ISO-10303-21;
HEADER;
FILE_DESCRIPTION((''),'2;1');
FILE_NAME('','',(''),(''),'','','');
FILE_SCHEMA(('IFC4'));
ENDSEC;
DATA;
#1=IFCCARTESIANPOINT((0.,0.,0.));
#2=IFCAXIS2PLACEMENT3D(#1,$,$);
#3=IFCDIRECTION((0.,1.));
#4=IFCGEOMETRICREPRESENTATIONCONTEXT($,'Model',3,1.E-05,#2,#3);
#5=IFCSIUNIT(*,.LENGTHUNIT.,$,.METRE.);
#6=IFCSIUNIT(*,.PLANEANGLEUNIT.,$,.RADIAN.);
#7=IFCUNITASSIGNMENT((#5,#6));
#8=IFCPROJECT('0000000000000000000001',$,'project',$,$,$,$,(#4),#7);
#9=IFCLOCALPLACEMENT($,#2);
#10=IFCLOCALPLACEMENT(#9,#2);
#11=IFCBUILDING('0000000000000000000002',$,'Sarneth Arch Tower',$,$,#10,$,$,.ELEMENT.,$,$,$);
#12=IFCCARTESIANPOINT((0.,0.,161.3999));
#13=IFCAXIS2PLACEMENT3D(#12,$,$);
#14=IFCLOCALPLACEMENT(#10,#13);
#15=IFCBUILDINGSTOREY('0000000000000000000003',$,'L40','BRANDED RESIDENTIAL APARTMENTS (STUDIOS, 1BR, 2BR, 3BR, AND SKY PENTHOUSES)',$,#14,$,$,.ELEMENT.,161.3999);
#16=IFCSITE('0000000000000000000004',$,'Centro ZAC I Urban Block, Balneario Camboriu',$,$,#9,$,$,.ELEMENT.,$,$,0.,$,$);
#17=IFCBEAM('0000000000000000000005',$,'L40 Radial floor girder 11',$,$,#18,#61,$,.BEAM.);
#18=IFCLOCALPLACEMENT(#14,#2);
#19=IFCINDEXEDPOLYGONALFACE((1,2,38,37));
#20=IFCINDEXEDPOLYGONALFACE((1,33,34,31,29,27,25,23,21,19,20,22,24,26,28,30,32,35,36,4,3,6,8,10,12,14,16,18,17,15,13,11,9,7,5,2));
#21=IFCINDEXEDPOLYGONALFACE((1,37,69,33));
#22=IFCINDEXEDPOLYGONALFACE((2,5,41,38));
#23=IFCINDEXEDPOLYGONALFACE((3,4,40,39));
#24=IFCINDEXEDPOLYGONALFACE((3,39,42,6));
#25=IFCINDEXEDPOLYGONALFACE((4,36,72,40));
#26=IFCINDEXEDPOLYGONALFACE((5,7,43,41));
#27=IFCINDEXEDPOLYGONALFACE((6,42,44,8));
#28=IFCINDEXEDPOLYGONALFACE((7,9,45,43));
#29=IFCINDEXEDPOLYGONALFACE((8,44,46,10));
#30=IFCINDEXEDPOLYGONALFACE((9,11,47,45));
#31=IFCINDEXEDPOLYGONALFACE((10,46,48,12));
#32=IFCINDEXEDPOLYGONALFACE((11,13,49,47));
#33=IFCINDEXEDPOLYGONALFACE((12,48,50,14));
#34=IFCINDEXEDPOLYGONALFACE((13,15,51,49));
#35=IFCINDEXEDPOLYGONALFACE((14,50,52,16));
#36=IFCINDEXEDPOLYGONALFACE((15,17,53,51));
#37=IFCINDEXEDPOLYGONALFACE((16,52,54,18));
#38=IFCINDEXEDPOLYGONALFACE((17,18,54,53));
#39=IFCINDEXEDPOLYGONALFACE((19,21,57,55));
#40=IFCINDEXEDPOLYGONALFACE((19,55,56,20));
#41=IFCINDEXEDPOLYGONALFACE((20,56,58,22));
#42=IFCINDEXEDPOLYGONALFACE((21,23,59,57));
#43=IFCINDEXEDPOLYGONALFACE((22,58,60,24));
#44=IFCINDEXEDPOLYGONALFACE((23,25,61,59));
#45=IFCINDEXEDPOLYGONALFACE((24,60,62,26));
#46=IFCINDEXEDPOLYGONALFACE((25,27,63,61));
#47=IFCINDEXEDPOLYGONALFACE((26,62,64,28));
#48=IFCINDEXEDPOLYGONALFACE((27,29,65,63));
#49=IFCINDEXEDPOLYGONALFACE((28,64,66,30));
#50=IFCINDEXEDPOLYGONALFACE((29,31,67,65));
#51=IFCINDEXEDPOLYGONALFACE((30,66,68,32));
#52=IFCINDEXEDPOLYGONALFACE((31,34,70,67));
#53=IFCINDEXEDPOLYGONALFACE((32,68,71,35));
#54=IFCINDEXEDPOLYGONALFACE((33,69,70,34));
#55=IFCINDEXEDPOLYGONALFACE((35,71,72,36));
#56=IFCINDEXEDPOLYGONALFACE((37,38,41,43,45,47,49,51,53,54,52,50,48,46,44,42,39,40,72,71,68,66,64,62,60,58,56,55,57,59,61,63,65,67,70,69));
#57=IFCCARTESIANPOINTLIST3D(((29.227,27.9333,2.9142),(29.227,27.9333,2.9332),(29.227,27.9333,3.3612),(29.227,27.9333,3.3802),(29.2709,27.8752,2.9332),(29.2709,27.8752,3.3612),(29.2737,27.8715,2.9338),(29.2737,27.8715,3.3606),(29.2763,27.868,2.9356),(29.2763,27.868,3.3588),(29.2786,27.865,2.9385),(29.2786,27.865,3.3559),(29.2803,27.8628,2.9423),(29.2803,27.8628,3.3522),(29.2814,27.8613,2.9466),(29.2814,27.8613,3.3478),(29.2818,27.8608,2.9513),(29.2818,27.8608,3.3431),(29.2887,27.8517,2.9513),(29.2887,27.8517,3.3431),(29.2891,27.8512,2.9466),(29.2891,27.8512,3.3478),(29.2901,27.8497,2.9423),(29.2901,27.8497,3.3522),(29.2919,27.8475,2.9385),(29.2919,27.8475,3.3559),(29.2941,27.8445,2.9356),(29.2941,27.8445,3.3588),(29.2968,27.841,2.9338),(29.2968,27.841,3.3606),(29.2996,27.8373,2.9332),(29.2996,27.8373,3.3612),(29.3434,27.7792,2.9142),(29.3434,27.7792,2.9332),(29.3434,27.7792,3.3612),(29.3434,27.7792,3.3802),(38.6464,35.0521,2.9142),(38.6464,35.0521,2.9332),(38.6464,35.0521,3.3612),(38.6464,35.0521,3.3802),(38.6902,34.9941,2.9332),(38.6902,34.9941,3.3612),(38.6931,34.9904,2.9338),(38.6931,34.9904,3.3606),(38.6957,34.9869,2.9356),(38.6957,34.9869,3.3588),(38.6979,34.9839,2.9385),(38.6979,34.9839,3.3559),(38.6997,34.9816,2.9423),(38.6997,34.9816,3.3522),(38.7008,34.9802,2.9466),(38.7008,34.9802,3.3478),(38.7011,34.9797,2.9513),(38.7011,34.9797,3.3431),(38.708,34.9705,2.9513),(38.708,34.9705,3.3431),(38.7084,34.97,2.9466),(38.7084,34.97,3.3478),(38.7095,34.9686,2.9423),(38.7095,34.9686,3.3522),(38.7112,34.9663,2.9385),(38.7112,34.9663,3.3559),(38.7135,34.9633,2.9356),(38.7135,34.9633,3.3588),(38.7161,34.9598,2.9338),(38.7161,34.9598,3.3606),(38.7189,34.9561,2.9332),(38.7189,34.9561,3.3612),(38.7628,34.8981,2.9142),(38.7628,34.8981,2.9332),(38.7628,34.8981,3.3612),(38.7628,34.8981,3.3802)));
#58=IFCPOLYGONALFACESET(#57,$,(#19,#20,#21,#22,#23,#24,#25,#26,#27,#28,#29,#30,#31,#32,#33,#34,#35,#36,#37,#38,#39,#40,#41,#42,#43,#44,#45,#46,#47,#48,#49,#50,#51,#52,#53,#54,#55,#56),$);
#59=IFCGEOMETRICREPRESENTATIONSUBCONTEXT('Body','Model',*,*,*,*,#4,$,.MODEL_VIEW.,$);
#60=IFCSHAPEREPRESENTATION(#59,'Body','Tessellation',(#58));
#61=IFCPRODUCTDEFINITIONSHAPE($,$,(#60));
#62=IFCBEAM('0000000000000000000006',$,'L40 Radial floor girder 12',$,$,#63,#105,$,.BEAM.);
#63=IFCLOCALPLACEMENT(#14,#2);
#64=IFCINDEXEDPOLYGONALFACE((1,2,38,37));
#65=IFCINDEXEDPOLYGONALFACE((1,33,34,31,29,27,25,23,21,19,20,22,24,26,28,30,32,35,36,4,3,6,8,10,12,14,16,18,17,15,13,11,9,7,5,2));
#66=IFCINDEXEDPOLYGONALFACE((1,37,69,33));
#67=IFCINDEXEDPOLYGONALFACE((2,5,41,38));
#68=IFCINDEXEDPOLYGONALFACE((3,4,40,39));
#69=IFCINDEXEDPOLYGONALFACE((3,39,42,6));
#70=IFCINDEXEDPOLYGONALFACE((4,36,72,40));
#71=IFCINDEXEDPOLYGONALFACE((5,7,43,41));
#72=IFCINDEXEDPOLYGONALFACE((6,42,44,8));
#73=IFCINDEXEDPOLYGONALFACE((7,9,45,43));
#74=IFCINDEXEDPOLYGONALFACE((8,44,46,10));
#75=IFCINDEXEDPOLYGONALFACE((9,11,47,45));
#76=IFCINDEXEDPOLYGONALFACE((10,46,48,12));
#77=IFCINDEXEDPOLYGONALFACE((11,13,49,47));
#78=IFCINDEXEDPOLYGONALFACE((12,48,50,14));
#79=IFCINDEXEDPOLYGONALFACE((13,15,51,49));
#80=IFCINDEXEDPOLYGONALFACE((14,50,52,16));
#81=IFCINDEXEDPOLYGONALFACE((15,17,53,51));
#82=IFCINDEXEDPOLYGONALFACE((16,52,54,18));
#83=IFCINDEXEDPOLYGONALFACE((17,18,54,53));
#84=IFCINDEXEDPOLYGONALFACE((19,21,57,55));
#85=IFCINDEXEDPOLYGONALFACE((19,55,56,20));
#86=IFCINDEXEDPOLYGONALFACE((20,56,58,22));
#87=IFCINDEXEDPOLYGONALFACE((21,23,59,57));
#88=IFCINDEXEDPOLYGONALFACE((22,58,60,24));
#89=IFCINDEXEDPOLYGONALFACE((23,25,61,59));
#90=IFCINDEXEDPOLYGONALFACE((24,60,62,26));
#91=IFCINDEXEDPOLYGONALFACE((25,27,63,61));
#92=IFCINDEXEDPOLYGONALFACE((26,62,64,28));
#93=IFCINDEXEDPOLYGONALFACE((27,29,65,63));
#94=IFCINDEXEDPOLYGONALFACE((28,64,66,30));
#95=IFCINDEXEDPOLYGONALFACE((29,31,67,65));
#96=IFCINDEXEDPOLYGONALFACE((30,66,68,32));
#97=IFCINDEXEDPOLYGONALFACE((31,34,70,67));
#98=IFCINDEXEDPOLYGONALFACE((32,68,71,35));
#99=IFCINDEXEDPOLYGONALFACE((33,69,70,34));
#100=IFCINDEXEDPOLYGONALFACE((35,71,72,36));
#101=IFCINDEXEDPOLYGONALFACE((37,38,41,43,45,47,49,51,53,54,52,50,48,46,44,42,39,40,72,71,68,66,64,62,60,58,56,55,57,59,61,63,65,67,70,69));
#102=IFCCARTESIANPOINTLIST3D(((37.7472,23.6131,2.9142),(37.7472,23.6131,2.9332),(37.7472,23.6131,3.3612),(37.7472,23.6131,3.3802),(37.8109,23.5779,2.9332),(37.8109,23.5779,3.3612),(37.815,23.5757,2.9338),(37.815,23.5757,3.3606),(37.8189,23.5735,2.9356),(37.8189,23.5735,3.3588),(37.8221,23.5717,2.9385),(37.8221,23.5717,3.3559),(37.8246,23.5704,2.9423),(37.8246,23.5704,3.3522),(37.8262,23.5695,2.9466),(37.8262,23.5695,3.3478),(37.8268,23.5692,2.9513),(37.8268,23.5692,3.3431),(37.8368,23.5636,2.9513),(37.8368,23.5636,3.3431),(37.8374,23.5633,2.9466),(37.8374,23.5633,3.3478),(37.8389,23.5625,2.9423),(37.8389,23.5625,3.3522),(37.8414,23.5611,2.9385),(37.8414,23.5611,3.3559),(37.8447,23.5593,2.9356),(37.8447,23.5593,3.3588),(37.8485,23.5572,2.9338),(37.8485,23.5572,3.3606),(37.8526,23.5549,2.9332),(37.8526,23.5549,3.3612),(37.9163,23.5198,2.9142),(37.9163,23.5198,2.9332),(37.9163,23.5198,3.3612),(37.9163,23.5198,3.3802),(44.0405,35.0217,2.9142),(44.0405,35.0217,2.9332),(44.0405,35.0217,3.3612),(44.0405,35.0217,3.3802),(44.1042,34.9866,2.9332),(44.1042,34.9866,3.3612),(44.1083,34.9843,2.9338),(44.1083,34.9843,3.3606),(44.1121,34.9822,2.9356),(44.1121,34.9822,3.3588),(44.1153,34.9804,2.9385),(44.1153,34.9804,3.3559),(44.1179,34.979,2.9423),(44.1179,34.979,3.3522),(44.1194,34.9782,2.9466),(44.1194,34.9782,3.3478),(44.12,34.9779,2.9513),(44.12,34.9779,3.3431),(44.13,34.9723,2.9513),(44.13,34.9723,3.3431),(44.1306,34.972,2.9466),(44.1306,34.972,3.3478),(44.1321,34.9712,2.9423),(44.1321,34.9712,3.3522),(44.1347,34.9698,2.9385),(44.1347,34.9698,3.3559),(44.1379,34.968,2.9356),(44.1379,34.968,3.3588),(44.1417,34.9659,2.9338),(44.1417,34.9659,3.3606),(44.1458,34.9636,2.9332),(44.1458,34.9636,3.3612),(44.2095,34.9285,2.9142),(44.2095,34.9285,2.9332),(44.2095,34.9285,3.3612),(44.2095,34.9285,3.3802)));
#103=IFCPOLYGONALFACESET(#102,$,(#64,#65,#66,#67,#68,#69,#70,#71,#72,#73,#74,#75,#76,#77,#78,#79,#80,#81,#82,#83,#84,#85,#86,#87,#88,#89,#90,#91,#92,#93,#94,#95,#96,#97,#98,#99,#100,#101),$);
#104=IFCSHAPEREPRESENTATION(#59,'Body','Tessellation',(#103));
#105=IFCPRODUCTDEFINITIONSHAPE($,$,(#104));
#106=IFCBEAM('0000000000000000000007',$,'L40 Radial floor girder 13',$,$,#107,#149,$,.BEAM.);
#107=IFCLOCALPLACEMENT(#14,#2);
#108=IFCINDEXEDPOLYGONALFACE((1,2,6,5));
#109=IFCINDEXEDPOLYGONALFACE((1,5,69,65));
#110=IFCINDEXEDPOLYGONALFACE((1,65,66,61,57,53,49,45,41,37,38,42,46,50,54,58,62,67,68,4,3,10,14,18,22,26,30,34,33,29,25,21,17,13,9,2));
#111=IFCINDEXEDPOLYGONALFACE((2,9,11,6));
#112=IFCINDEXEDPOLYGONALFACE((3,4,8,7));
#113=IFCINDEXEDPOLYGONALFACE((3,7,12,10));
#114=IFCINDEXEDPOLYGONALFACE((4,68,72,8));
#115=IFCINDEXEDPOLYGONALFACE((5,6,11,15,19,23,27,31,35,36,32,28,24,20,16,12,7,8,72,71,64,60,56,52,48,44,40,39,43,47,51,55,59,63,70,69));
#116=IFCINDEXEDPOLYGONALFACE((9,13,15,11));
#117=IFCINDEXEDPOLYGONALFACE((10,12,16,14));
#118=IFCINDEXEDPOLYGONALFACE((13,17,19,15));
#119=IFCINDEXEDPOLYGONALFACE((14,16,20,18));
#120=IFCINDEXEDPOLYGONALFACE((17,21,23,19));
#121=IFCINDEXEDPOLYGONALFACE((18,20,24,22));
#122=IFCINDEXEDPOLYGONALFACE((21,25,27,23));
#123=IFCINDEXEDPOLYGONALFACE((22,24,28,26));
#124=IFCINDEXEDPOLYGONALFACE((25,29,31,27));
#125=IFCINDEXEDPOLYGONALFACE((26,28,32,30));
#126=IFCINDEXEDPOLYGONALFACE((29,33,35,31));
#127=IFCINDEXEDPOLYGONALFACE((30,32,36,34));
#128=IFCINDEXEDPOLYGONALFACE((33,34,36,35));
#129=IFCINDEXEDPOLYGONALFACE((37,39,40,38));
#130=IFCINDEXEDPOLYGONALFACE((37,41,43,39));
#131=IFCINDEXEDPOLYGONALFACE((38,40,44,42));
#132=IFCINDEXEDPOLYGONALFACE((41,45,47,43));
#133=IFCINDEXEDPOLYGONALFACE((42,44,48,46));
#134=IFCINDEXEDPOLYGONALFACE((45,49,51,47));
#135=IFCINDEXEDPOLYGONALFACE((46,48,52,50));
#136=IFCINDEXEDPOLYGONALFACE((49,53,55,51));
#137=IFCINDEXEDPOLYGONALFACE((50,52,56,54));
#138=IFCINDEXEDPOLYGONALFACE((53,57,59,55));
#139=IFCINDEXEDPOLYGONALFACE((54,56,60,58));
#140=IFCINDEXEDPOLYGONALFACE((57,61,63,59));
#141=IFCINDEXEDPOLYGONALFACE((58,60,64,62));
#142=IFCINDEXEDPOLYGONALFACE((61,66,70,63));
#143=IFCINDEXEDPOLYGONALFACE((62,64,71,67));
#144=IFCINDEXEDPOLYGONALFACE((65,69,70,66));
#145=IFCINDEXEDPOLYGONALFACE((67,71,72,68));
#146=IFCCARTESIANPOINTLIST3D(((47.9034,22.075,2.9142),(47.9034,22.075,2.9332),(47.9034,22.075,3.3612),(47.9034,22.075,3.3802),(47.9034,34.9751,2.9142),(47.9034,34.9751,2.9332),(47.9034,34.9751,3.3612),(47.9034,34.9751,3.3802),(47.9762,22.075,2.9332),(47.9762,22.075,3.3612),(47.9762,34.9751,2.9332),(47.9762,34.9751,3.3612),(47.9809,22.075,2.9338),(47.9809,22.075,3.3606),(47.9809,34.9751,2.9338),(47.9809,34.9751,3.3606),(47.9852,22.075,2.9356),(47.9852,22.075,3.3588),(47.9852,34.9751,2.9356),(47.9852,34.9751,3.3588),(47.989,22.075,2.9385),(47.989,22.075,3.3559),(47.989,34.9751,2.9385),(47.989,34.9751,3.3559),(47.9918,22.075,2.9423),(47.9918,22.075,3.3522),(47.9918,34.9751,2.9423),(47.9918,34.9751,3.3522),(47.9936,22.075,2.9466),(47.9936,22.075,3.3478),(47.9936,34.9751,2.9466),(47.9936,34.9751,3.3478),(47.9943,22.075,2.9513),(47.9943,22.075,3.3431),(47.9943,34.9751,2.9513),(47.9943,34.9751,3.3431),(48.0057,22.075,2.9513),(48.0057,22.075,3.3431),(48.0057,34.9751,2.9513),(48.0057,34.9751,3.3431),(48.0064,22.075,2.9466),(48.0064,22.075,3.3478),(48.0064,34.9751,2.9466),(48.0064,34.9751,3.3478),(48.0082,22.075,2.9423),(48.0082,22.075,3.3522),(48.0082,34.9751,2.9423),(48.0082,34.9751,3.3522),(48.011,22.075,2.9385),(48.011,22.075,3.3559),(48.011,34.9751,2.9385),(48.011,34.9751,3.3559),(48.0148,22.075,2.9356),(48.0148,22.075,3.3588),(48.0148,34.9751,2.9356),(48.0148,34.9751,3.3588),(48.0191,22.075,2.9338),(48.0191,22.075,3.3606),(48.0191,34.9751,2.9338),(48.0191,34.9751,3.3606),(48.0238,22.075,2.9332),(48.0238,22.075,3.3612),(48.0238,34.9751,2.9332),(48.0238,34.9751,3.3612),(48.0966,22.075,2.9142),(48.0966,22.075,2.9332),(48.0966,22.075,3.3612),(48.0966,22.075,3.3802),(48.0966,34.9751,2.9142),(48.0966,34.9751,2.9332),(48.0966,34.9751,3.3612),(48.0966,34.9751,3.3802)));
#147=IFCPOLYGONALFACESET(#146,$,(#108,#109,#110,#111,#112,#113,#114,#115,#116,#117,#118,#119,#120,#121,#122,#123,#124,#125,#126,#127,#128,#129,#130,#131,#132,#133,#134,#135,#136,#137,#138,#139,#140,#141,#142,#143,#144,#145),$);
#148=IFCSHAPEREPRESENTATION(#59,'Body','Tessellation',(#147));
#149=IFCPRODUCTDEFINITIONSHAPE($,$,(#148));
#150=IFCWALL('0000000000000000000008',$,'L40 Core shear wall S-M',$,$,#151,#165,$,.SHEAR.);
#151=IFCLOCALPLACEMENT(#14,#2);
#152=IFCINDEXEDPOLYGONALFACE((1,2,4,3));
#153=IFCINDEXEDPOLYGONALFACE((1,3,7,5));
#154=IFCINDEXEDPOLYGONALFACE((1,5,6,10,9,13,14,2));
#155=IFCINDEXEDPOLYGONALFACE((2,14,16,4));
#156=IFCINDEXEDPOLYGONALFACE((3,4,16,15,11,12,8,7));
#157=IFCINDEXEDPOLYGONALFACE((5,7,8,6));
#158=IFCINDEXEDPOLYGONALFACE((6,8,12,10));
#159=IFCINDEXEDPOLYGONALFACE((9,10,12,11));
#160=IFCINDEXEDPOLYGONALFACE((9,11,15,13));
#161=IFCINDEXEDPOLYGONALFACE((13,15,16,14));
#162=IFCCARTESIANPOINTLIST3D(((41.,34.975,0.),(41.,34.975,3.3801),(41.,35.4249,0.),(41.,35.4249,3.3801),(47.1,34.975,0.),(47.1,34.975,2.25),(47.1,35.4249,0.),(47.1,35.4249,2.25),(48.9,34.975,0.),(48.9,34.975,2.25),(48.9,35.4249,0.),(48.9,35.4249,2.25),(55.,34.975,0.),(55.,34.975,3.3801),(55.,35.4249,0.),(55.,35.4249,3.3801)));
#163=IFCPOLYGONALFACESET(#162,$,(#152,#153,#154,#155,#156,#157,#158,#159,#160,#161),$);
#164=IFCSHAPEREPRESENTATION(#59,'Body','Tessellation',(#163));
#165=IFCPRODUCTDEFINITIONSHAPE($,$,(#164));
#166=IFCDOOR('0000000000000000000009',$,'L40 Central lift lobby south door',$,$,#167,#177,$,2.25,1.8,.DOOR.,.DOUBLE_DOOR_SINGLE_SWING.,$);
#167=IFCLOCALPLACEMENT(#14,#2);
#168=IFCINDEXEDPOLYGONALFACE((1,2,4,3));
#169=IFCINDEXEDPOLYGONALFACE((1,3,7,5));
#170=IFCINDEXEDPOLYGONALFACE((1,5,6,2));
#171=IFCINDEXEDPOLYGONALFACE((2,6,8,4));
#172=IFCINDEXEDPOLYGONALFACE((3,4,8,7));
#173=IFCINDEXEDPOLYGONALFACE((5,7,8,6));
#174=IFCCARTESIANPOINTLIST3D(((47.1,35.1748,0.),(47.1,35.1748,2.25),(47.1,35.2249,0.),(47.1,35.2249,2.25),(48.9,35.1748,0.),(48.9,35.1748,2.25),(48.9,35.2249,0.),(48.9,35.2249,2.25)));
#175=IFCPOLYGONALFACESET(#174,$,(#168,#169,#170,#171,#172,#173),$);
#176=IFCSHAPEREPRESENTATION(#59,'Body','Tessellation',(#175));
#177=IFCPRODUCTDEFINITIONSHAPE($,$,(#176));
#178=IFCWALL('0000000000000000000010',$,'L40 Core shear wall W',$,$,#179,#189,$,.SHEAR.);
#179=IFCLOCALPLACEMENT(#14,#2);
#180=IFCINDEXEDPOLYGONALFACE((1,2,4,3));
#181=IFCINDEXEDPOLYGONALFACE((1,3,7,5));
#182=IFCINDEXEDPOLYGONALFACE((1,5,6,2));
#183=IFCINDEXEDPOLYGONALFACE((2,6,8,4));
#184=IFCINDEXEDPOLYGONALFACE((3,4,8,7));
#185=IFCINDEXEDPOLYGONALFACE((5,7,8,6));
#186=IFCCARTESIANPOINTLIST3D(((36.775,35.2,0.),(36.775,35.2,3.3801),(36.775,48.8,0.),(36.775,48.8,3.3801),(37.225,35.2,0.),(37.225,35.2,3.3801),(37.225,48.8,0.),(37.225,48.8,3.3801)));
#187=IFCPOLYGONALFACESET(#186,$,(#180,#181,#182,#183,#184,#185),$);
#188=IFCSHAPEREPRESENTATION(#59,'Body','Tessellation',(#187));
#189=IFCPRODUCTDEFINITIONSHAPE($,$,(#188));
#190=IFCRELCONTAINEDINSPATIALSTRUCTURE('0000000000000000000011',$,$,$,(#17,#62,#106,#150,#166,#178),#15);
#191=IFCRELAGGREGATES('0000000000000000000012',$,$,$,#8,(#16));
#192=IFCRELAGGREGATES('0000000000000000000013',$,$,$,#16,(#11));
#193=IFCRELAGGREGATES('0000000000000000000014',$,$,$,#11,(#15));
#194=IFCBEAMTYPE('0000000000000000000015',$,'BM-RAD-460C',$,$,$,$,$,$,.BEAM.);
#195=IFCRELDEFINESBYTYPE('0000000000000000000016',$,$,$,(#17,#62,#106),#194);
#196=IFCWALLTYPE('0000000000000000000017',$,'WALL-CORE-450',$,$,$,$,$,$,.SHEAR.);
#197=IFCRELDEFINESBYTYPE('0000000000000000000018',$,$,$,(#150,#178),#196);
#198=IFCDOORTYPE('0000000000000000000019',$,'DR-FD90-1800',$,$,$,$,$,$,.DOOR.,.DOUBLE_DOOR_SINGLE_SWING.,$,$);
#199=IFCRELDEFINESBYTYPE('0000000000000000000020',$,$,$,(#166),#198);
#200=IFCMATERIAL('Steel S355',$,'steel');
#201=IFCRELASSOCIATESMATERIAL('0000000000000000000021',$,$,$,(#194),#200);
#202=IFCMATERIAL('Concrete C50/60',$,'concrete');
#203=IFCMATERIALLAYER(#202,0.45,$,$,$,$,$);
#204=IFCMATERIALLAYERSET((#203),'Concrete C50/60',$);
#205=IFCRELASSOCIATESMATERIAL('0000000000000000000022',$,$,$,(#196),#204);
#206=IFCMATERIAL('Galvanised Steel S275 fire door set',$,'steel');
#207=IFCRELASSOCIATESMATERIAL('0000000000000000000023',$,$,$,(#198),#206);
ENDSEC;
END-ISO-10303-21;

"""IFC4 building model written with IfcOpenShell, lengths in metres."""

from ifc_helpers import new_model, si_unit, direction, frame, frame_2d, origin, origin_2d, place, context, subcontext, project, spatial, rectangle, i_section, extrude, material, layer, layer_set, material_profile, profile_set, type_object, element, fill, save


model = new_model("IFC4")

# Units and contexts
model_context = context("Model", 3, precision=1e-05, world=origin(), true_north=direction((0.0, 1.0)))
body_context = subcontext(model_context, "Body", "Model", "MODEL_VIEW")
ifc_project = project(units=[si_unit("LENGTHUNIT", "METRE"), si_unit("PLANEANGLEUNIT", "RADIAN")], contexts=[model_context])

# Site, building, storey
site_placement = place(None, origin())
site = spatial("IfcSite", under=ifc_project, at=site_placement, Name="Centro ZAC I Urban Block, Balneario Camboriu", CompositionType="ELEMENT", RefElevation=0.0)
building_placement = place(site_placement, origin())
building = spatial("IfcBuilding", under=site, at=building_placement, Name="Sarneth Arch Tower", CompositionType="ELEMENT")
storey_placement = place(building_placement, frame((0.0, 0.0, 161.3999)))
storey = spatial("IfcBuildingStorey", under=building, at=storey_placement, Name="L40", Description="BRANDED RESIDENTIAL APARTMENTS (STUDIOS, 1BR, 2BR, 3BR, AND SKY PENTHOUSES)", CompositionType="ELEMENT", Elevation=161.3999)

# Beams
ifc_material_1 = material(Name="Steel S355", Category="steel")
ifc_material_profile_1 = material_profile(ifc_material_1, i_section(OverallWidth=0.1931, OverallDepth=0.4661, WebThickness=0.0115, FlangeThickness=0.019, FilletRadius=0.0181, at=origin_2d()), Name="W460x97")
ifc_profile_set_1 = profile_set([ifc_material_profile_1], Name="Steel S355")
beam_type_1 = type_object("IfcBeamType", Name="BM-RAD-460C", PredefinedType="BEAM", material=ifc_profile_set_1)
beam_1_placement = place(storey_placement, frame((38.7046, 34.9751, 3.1472), z_axis=(-0.797786, -0.60294, 0.0), x_axis=(0.60294, -0.797786, 0.0)))
element("IfcBeam", 1, at=beam_1_placement, inside=storey, type_object=beam_type_1, Name="L40 Radial floor girder 11", PredefinedType="BEAM", context=body_context, shape_type="SweptSolid", body=[
    extrude(i_section(OverallWidth=0.1931, OverallDepth=0.4661, WebThickness=0.0115, FlangeThickness=0.019, FilletRadius=0.0181, at=origin_2d()), origin(), (0.0, 0.0, 1.0), 11.8069),
])
beam_2_placement = place(storey_placement, frame((44.125, 34.9751, 3.1472), z_axis=(-0.483005, -0.875618, 0.0), x_axis=(0.875618, -0.483005, 0.0)))
element("IfcBeam", 2, at=beam_2_placement, inside=storey, type_object=beam_type_1, Name="L40 Radial floor girder 12", PredefinedType="BEAM", context=body_context, shape_type="SweptSolid", body=[
    extrude(i_section(OverallWidth=0.1931, OverallDepth=0.4661, WebThickness=0.0115, FlangeThickness=0.019, FilletRadius=0.0181, at=origin_2d()), origin(), (0.0, 0.0, 1.0), 13.0293),
])
beam_3_placement = place(storey_placement, frame((48.0, 34.9751, 3.1472), z_axis=(0.0, -1.0, 0.0), x_axis=(1.0, 0.0, 0.0)))
element("IfcBeam", 3, at=beam_3_placement, inside=storey, type_object=beam_type_1, Name="L40 Radial floor girder 13", PredefinedType="BEAM", context=body_context, shape_type="SweptSolid", body=[
    extrude(i_section(OverallWidth=0.1931, OverallDepth=0.4661, WebThickness=0.0115, FlangeThickness=0.019, FilletRadius=0.0181, at=origin_2d()), origin(), (0.0, 0.0, 1.0), 12.9001),
])

# Wall, opening, door
ifc_material_2 = material(Name="Concrete C50/60", Category="concrete")
ifc_layer_1 = layer(ifc_material_2, 0.45)
ifc_layer_set_1 = layer_set([ifc_layer_1], Name="Concrete C50/60")
wall_type_1 = type_object("IfcWallType", Name="WALL-CORE-450", PredefinedType="SHEAR", material=ifc_layer_set_1)
wall_1_placement = place(storey_placement, frame((41.0, 35.2, 0.0), z_axis=(0.0, 0.0, 1.0), x_axis=(1.0, 0.0, 0.0)))
wall_1 = element("IfcWall", 4, at=wall_1_placement, inside=storey, type_object=wall_type_1, Name="L40 Core shear wall S-M", PredefinedType="SHEAR", context=body_context, shape_type="SweptSolid", body=[
    extrude(rectangle(XDim=14.0, YDim=0.45, at=frame_2d((7.0, 0.0))), origin(), (0.0, 0.0, 1.0), 3.3801),
])
opening_1_placement = place(wall_1_placement, frame((6.1001, 0.0, 0.0)))
opening_1 = element("IfcOpeningElement", 5, at=opening_1_placement, cuts=wall_1, PredefinedType="OPENING", context=body_context, shape_type="SweptSolid", body=[
    extrude(rectangle(XDim=1.8, YDim=2.25, at=frame_2d((0.8999, 1.125))), frame((0.0, 0.2349, 0.0), z_axis=(0.0, -1.0, 0.0), x_axis=(1.0, 0.0, 0.0)), (0.0, 0.0, 1.0), 0.47),
])
ifc_material_3 = material(Name="Galvanised Steel S275 fire door set", Category="steel")
door_type_1 = type_object("IfcDoorType", Name="DR-FD90-1800", OperationType="DOUBLE_DOOR_SINGLE_SWING", PredefinedType="DOOR", material=ifc_material_3)
door_1_placement = place(opening_1_placement, origin())
door_1 = element("IfcDoor", 6, at=door_1_placement, inside=storey, type_object=door_type_1, Name="L40 Central lift lobby south door", OperationType="DOUBLE_DOOR_SINGLE_SWING", OverallHeight=2.25, OverallWidth=1.8, PredefinedType="DOOR", context=body_context, shape_type="SweptSolid", body=[
    extrude(rectangle(XDim=1.8, YDim=2.25, at=frame_2d((0.8999, 1.125))), frame((0.0, 0.0249, 0.0), z_axis=(0.0, -1.0, 0.0), x_axis=(1.0, 0.0, 0.0)), (0.0, 0.0, 1.0), 0.05),
])
fill(opening_1, door_1)

# Wall
wall_2_placement = place(storey_placement, frame((37.0, 35.2, 0.0), z_axis=(0.0, 0.0, 1.0), x_axis=(0.0, 1.0, 0.0)))
element("IfcWall", 7, at=wall_2_placement, inside=storey, type_object=wall_type_1, Name="L40 Core shear wall W", PredefinedType="SHEAR", context=body_context, shape_type="SweptSolid", body=[
    extrude(rectangle(XDim=13.6001, YDim=0.45, at=frame_2d((6.8, 0.0))), origin(), (0.0, 0.0, 1.0), 3.3801),
])

save(model, "model.ifc")
